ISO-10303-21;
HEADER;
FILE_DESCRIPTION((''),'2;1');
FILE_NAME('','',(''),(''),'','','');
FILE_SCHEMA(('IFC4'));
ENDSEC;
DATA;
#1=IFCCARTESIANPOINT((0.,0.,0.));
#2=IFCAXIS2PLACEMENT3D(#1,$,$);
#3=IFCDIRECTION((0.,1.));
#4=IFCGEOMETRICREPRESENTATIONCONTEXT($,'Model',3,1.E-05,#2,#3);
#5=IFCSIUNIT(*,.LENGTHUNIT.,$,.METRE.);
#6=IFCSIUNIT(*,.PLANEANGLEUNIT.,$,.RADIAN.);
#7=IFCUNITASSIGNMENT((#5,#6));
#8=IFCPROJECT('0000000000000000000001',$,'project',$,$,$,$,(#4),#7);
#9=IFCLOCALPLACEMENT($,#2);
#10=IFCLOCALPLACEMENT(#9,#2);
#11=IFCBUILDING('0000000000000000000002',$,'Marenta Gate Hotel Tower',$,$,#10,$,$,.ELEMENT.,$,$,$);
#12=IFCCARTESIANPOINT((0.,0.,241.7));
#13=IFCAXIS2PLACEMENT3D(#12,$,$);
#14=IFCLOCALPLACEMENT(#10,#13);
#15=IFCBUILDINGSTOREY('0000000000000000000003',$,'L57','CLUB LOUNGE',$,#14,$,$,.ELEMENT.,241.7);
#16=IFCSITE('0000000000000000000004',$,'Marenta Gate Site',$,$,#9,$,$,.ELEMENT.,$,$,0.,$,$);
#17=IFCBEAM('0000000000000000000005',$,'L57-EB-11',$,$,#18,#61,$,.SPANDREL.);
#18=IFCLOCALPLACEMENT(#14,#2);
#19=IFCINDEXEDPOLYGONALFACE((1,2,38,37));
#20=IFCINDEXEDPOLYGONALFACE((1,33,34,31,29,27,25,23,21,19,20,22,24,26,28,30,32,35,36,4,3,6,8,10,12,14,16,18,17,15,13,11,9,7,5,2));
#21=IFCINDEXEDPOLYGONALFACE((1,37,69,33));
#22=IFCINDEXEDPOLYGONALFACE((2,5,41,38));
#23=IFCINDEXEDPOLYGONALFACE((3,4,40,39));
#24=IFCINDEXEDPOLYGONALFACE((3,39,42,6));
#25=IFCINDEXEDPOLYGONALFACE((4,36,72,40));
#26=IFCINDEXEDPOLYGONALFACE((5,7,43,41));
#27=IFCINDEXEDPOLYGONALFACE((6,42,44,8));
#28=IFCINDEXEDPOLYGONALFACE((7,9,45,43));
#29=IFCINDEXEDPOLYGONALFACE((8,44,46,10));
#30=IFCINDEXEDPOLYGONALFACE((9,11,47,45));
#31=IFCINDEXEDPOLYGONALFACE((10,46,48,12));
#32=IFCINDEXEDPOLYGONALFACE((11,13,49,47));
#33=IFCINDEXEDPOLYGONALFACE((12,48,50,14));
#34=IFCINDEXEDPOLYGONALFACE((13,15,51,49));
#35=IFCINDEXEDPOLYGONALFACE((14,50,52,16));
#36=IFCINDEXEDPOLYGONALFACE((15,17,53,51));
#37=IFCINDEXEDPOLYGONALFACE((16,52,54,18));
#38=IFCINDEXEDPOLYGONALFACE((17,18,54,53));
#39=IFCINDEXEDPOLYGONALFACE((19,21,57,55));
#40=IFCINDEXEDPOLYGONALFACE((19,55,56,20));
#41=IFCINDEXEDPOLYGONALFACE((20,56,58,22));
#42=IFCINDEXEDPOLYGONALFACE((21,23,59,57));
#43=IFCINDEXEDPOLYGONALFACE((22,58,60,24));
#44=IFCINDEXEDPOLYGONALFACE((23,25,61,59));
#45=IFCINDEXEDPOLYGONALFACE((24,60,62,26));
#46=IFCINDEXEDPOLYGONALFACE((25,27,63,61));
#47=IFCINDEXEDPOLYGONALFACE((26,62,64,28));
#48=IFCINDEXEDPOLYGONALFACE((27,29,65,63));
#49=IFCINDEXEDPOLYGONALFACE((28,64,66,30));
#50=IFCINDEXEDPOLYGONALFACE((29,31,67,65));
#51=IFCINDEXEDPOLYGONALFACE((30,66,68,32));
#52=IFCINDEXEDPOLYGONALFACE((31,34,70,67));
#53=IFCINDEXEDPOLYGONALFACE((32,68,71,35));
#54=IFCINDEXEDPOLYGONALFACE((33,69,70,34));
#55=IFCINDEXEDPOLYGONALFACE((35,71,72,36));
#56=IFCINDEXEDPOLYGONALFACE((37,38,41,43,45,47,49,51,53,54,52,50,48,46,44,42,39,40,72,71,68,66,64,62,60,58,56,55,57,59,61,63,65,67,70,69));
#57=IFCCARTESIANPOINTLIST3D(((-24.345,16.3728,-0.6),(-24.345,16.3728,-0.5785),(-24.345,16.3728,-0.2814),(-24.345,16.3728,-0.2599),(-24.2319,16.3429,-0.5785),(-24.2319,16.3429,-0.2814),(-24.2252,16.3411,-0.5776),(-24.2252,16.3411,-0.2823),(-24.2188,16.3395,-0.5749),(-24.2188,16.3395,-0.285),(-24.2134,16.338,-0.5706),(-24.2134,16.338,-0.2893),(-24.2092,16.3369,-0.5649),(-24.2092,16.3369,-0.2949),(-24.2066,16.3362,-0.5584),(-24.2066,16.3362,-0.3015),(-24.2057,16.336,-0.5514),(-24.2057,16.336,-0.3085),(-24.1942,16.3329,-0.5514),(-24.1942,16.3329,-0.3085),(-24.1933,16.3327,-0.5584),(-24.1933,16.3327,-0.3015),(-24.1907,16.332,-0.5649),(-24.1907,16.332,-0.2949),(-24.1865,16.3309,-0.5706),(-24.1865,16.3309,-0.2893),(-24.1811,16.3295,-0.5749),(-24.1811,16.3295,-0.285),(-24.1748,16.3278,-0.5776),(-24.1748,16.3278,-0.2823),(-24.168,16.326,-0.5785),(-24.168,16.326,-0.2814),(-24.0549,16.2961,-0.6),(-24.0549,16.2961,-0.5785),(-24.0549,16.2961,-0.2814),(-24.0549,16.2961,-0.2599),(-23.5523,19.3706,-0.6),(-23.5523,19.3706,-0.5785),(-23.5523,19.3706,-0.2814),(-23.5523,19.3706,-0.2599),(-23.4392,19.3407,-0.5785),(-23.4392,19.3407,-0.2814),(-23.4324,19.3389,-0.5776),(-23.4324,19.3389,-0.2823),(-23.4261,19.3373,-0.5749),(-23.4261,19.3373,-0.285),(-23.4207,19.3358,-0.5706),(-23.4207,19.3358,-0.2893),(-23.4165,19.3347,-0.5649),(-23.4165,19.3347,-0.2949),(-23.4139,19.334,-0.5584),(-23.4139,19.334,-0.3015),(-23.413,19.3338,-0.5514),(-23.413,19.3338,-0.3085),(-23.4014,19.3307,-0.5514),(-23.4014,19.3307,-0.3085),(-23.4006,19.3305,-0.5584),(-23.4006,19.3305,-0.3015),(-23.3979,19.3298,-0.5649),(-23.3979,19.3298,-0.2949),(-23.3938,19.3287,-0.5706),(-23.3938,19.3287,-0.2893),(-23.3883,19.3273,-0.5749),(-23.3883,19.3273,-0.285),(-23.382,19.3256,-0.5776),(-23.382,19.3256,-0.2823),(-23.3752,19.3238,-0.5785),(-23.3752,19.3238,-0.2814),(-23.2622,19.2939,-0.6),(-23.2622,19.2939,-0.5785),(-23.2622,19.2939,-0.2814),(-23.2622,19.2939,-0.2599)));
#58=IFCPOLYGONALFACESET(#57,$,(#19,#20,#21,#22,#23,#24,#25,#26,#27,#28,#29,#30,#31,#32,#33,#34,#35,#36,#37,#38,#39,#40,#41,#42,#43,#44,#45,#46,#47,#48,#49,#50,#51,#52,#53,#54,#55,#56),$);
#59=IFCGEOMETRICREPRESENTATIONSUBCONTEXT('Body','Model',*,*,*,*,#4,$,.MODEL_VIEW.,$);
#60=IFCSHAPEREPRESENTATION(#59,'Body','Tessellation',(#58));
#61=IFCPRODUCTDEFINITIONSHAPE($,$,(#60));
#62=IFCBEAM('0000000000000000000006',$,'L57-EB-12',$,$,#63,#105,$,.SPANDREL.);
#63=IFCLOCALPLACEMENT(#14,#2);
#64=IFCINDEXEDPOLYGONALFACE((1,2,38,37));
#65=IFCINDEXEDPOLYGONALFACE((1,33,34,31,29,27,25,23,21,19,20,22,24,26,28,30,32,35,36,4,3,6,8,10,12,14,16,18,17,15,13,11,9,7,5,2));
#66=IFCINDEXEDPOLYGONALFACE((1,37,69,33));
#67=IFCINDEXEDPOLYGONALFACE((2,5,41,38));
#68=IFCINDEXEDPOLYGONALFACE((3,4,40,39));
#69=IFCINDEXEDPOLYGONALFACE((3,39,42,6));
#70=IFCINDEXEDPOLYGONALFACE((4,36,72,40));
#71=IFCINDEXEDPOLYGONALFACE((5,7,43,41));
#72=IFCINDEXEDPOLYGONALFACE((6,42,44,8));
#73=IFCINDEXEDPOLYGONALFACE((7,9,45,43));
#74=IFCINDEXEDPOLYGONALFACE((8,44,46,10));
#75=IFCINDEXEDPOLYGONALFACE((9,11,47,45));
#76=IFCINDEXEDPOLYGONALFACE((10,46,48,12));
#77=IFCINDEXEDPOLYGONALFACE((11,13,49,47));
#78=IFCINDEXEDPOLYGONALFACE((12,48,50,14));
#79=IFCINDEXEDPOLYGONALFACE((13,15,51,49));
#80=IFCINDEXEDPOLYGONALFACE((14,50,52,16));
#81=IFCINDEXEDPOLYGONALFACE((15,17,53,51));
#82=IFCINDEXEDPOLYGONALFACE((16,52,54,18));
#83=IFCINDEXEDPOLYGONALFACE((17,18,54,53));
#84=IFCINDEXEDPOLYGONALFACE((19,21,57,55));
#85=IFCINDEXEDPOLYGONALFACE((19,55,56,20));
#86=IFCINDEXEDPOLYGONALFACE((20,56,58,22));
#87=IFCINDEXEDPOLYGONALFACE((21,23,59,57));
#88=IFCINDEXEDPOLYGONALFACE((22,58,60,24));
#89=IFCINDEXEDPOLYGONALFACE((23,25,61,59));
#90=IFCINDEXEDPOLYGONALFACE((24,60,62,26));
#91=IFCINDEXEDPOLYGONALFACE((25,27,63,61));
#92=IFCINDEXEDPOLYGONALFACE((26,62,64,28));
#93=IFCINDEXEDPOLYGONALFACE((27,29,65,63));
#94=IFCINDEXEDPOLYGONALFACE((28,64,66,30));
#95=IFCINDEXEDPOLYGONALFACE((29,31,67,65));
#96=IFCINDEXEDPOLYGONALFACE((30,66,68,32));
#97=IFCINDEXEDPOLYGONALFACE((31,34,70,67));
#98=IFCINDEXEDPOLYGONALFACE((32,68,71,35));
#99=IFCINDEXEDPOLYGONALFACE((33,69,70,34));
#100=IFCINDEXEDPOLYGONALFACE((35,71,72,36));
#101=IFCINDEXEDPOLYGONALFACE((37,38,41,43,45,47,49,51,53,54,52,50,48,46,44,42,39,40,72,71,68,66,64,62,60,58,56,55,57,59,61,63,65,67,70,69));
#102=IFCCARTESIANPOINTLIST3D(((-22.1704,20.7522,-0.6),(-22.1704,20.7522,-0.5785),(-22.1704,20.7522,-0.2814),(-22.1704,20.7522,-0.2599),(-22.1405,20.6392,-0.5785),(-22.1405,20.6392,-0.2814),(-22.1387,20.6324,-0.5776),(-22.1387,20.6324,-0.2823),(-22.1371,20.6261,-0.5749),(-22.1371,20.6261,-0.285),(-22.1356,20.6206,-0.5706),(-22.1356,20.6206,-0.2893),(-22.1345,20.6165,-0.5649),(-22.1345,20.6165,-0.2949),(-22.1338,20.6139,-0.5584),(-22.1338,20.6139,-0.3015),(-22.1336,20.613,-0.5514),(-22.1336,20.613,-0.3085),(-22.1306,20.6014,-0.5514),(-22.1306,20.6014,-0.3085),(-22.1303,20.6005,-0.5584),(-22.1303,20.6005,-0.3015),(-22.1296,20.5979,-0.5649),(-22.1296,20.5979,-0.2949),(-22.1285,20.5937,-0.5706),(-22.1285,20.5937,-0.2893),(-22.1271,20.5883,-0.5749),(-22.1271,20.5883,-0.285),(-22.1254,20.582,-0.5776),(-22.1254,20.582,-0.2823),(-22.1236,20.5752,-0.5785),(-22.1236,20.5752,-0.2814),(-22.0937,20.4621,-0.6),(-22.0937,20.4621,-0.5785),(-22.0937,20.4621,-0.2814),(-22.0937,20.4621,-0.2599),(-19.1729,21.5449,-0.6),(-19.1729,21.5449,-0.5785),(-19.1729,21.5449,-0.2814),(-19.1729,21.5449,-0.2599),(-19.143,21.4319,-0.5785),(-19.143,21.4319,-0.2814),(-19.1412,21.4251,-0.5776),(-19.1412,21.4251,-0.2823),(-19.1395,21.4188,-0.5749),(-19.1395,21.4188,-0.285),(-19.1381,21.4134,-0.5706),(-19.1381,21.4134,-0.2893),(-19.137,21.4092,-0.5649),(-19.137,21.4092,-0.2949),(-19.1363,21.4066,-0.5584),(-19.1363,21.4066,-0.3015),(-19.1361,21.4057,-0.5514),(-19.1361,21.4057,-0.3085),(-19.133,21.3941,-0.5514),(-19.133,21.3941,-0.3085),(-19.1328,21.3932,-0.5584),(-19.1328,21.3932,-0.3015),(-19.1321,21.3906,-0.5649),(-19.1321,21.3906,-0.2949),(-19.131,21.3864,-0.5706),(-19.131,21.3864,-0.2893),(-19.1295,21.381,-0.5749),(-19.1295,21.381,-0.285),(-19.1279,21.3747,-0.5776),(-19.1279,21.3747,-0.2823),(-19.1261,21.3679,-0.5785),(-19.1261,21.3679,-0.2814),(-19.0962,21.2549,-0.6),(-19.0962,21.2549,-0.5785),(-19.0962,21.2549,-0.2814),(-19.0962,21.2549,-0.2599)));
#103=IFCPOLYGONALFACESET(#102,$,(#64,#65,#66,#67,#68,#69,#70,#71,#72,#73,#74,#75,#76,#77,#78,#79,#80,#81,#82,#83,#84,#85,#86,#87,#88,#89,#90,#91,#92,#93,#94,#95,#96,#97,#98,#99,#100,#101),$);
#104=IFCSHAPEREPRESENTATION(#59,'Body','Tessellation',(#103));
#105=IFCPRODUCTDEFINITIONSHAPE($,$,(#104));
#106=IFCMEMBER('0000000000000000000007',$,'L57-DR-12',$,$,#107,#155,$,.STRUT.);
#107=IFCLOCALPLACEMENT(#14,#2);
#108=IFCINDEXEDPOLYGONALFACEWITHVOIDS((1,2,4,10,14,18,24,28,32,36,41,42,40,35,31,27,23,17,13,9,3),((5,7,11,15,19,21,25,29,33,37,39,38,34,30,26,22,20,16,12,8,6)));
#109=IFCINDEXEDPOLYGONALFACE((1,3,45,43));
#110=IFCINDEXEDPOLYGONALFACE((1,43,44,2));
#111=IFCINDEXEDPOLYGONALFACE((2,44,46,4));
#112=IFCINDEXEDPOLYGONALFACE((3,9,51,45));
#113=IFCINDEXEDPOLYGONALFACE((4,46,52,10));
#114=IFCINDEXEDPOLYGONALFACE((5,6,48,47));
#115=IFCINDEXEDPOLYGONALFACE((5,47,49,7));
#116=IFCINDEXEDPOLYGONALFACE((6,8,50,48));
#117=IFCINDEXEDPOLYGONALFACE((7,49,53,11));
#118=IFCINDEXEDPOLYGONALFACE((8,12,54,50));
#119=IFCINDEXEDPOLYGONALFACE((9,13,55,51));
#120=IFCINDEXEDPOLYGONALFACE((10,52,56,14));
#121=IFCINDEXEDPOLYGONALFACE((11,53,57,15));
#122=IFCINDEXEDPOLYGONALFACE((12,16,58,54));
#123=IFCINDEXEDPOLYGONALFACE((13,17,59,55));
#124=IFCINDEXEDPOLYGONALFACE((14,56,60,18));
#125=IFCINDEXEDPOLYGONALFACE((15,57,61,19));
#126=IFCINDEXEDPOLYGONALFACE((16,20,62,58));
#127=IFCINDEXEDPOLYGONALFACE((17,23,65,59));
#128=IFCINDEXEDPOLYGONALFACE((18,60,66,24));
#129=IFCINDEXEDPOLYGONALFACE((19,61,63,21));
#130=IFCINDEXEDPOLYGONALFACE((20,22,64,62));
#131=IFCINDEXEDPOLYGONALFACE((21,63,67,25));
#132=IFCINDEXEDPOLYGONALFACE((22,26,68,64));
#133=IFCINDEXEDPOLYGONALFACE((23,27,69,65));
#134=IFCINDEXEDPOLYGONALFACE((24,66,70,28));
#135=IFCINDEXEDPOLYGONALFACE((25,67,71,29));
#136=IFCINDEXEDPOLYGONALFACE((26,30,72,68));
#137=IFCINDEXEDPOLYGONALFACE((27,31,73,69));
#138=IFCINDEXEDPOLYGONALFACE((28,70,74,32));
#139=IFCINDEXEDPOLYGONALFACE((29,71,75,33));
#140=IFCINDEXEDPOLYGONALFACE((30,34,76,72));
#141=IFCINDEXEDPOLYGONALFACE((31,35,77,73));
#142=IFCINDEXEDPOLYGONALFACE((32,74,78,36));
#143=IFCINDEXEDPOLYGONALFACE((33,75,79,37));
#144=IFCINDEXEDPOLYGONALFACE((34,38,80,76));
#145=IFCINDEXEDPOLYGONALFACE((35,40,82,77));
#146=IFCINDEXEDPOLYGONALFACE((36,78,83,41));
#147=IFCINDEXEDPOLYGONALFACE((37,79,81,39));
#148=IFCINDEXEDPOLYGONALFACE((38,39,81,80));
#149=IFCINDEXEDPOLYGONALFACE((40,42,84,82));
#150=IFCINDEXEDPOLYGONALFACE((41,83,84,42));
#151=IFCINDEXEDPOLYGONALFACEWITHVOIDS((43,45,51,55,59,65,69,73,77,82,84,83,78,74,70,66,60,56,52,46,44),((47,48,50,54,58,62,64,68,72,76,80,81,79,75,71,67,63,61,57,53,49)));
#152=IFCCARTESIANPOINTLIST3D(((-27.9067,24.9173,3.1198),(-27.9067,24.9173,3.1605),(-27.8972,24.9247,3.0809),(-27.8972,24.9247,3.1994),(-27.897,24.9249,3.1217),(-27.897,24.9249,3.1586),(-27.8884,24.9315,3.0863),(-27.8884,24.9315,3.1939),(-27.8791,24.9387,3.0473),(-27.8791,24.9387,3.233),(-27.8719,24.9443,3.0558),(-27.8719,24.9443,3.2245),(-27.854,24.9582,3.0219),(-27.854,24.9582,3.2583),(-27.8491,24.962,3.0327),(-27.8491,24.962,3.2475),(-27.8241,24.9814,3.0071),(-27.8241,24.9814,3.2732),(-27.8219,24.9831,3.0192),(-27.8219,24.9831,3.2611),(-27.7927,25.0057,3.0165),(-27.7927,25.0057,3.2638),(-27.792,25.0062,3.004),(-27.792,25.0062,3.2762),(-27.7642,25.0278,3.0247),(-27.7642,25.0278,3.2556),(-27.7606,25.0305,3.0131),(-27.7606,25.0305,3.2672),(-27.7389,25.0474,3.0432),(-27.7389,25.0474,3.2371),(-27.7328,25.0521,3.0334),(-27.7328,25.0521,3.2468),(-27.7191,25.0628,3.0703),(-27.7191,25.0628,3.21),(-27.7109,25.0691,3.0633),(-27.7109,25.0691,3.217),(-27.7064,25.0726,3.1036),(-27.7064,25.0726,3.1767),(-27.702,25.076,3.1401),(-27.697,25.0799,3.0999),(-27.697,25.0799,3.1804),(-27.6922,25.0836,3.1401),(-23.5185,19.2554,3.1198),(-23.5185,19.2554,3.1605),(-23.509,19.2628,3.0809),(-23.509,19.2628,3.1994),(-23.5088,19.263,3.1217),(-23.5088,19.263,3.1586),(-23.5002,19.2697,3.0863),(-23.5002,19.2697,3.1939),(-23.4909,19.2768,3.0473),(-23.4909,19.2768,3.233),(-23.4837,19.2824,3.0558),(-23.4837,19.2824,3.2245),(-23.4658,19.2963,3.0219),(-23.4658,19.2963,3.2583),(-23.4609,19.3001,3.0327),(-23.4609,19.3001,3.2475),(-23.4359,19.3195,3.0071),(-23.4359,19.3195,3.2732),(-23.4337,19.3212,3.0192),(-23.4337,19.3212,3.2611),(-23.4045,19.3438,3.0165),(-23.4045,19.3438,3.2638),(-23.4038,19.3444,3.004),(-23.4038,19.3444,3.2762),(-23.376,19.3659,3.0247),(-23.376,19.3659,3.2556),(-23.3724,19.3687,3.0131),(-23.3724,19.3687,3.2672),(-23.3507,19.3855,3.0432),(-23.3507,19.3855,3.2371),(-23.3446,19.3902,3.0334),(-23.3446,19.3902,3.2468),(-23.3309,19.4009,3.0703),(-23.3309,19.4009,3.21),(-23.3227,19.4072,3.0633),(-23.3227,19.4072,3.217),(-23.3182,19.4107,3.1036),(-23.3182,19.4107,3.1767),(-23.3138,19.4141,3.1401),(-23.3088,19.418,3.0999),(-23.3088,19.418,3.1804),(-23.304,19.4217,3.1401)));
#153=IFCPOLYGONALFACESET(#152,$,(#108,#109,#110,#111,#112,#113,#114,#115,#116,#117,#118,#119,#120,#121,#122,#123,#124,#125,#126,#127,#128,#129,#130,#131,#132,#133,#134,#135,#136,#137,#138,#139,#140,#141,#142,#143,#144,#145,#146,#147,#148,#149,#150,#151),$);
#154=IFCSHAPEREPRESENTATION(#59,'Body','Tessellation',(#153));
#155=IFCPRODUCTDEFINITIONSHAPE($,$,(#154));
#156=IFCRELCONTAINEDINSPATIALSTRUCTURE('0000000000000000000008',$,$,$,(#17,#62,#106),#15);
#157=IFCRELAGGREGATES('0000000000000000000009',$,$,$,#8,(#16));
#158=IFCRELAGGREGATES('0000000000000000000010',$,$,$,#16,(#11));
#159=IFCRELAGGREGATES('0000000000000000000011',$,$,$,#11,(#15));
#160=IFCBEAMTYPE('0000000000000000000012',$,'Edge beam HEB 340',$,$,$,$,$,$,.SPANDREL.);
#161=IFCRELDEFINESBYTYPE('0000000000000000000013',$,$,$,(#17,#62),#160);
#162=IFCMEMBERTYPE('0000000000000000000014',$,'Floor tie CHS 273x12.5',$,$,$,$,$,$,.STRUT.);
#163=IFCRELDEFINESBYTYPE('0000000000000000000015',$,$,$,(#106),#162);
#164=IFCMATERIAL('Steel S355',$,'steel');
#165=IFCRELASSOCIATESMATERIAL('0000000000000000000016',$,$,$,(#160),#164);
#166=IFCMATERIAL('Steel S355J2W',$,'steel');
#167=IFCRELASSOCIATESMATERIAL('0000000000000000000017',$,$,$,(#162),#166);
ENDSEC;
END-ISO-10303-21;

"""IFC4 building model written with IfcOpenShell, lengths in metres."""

from ifc_helpers import new_model, si_unit, direction, frame, origin, origin_2d, place, context, subcontext, project, spatial, hollow_circle, i_section, extrude, material, material_profile, profile_set, type_object, element, save


model = new_model("IFC4")

# Units and contexts
model_context = context("Model", 3, precision=1e-05, world=origin(), true_north=direction((0.0, 1.0)))
body_context = subcontext(model_context, "Body", "Model", "MODEL_VIEW")
ifc_project = project(units=[si_unit("LENGTHUNIT", "METRE"), si_unit("PLANEANGLEUNIT", "RADIAN")], contexts=[model_context])

# Site, building, storey
site_placement = place(None, origin())
site = spatial("IfcSite", under=ifc_project, at=site_placement, Name="Marenta Gate Site", CompositionType="ELEMENT", RefElevation=0.0)
building_placement = place(site_placement, origin())
building = spatial("IfcBuilding", under=site, at=building_placement, Name="Marenta Gate Hotel Tower", CompositionType="ELEMENT")
storey_placement = place(building_placement, frame((0.0, 0.0, 241.7)))
storey = spatial("IfcBuildingStorey", under=building, at=storey_placement, Name="L57", Description="CLUB LOUNGE", CompositionType="ELEMENT", Elevation=241.7)

# Beams
ifc_material_1 = material(Name="Steel S355", Category="steel")
ifc_material_profile_1 = material_profile(ifc_material_1, i_section(OverallWidth=0.3, OverallDepth=0.3401, WebThickness=0.012, FlangeThickness=0.0215, FilletRadius=0.0271, at=origin_2d()), Name="HEB 340")
ifc_profile_set_1 = profile_set([ifc_material_profile_1], Name="Steel S355")
beam_type_1 = type_object("IfcBeamType", Name="Edge beam HEB 340", PredefinedType="SPANDREL", material=ifc_profile_set_1)
beam_1_placement = place(storey_placement, frame((-24.2, 16.3345, -0.4299), z_axis=(0.255648, 0.96677, 0.0), x_axis=(-0.96677, 0.255648, 0.0)))
element("IfcBeam", 1, at=beam_1_placement, inside=storey, type_object=beam_type_1, Name="L57-EB-11", PredefinedType="SPANDREL", context=body_context, shape_type="SweptSolid", body=[
    extrude(i_section(OverallWidth=0.3, OverallDepth=0.3401, WebThickness=0.012, FlangeThickness=0.0215, FilletRadius=0.0271, at=origin_2d()), origin(), (0.0, 0.0, 1.0), 3.1008),
])
beam_2_placement = place(storey_placement, frame((-22.1321, 20.6072, -0.4299), z_axis=(0.966765, 0.255667, 0.0), x_axis=(-0.255667, 0.966765, 0.0)))
element("IfcBeam", 2, at=beam_2_placement, inside=storey, type_object=beam_type_1, Name="L57-EB-12", PredefinedType="SPANDREL", context=body_context, shape_type="SweptSolid", body=[
    extrude(i_section(OverallWidth=0.3, OverallDepth=0.3401, WebThickness=0.012, FlangeThickness=0.0215, FilletRadius=0.0271, at=origin_2d()), origin(), (0.0, 0.0, 1.0), 3.1006),
])

# Member
ifc_material_2 = material(Name="Steel S355J2W", Category="steel")
ifc_material_profile_2 = material_profile(ifc_material_2, hollow_circle(Radius=0.1365, WallThickness=0.0125, at=origin_2d()), Name="CHS 273x12.5")
ifc_profile_set_2 = profile_set([ifc_material_profile_2], Name="Steel S355J2W")
member_type_1 = type_object("IfcMemberType", Name="Floor tie CHS 273x12.5", PredefinedType="STRUT", material=ifc_profile_set_2)
member_1_placement = place(storey_placement, frame((-27.8, 25.0, 3.1401), z_axis=(0.612592, -0.790399, 0.0), x_axis=(0.790399, 0.612592, 0.0)))
element("IfcMember", 3, at=member_1_placement, inside=storey, type_object=member_type_1, Name="L57-DR-12", PredefinedType="STRUT", context=body_context, shape_type="SweptSolid", body=[
    extrude(hollow_circle(Radius=0.1365, WallThickness=0.0125, at=origin_2d()), origin(), (0.0, 0.0, 1.0), 7.1633),
])

save(model, "model.ifc")
